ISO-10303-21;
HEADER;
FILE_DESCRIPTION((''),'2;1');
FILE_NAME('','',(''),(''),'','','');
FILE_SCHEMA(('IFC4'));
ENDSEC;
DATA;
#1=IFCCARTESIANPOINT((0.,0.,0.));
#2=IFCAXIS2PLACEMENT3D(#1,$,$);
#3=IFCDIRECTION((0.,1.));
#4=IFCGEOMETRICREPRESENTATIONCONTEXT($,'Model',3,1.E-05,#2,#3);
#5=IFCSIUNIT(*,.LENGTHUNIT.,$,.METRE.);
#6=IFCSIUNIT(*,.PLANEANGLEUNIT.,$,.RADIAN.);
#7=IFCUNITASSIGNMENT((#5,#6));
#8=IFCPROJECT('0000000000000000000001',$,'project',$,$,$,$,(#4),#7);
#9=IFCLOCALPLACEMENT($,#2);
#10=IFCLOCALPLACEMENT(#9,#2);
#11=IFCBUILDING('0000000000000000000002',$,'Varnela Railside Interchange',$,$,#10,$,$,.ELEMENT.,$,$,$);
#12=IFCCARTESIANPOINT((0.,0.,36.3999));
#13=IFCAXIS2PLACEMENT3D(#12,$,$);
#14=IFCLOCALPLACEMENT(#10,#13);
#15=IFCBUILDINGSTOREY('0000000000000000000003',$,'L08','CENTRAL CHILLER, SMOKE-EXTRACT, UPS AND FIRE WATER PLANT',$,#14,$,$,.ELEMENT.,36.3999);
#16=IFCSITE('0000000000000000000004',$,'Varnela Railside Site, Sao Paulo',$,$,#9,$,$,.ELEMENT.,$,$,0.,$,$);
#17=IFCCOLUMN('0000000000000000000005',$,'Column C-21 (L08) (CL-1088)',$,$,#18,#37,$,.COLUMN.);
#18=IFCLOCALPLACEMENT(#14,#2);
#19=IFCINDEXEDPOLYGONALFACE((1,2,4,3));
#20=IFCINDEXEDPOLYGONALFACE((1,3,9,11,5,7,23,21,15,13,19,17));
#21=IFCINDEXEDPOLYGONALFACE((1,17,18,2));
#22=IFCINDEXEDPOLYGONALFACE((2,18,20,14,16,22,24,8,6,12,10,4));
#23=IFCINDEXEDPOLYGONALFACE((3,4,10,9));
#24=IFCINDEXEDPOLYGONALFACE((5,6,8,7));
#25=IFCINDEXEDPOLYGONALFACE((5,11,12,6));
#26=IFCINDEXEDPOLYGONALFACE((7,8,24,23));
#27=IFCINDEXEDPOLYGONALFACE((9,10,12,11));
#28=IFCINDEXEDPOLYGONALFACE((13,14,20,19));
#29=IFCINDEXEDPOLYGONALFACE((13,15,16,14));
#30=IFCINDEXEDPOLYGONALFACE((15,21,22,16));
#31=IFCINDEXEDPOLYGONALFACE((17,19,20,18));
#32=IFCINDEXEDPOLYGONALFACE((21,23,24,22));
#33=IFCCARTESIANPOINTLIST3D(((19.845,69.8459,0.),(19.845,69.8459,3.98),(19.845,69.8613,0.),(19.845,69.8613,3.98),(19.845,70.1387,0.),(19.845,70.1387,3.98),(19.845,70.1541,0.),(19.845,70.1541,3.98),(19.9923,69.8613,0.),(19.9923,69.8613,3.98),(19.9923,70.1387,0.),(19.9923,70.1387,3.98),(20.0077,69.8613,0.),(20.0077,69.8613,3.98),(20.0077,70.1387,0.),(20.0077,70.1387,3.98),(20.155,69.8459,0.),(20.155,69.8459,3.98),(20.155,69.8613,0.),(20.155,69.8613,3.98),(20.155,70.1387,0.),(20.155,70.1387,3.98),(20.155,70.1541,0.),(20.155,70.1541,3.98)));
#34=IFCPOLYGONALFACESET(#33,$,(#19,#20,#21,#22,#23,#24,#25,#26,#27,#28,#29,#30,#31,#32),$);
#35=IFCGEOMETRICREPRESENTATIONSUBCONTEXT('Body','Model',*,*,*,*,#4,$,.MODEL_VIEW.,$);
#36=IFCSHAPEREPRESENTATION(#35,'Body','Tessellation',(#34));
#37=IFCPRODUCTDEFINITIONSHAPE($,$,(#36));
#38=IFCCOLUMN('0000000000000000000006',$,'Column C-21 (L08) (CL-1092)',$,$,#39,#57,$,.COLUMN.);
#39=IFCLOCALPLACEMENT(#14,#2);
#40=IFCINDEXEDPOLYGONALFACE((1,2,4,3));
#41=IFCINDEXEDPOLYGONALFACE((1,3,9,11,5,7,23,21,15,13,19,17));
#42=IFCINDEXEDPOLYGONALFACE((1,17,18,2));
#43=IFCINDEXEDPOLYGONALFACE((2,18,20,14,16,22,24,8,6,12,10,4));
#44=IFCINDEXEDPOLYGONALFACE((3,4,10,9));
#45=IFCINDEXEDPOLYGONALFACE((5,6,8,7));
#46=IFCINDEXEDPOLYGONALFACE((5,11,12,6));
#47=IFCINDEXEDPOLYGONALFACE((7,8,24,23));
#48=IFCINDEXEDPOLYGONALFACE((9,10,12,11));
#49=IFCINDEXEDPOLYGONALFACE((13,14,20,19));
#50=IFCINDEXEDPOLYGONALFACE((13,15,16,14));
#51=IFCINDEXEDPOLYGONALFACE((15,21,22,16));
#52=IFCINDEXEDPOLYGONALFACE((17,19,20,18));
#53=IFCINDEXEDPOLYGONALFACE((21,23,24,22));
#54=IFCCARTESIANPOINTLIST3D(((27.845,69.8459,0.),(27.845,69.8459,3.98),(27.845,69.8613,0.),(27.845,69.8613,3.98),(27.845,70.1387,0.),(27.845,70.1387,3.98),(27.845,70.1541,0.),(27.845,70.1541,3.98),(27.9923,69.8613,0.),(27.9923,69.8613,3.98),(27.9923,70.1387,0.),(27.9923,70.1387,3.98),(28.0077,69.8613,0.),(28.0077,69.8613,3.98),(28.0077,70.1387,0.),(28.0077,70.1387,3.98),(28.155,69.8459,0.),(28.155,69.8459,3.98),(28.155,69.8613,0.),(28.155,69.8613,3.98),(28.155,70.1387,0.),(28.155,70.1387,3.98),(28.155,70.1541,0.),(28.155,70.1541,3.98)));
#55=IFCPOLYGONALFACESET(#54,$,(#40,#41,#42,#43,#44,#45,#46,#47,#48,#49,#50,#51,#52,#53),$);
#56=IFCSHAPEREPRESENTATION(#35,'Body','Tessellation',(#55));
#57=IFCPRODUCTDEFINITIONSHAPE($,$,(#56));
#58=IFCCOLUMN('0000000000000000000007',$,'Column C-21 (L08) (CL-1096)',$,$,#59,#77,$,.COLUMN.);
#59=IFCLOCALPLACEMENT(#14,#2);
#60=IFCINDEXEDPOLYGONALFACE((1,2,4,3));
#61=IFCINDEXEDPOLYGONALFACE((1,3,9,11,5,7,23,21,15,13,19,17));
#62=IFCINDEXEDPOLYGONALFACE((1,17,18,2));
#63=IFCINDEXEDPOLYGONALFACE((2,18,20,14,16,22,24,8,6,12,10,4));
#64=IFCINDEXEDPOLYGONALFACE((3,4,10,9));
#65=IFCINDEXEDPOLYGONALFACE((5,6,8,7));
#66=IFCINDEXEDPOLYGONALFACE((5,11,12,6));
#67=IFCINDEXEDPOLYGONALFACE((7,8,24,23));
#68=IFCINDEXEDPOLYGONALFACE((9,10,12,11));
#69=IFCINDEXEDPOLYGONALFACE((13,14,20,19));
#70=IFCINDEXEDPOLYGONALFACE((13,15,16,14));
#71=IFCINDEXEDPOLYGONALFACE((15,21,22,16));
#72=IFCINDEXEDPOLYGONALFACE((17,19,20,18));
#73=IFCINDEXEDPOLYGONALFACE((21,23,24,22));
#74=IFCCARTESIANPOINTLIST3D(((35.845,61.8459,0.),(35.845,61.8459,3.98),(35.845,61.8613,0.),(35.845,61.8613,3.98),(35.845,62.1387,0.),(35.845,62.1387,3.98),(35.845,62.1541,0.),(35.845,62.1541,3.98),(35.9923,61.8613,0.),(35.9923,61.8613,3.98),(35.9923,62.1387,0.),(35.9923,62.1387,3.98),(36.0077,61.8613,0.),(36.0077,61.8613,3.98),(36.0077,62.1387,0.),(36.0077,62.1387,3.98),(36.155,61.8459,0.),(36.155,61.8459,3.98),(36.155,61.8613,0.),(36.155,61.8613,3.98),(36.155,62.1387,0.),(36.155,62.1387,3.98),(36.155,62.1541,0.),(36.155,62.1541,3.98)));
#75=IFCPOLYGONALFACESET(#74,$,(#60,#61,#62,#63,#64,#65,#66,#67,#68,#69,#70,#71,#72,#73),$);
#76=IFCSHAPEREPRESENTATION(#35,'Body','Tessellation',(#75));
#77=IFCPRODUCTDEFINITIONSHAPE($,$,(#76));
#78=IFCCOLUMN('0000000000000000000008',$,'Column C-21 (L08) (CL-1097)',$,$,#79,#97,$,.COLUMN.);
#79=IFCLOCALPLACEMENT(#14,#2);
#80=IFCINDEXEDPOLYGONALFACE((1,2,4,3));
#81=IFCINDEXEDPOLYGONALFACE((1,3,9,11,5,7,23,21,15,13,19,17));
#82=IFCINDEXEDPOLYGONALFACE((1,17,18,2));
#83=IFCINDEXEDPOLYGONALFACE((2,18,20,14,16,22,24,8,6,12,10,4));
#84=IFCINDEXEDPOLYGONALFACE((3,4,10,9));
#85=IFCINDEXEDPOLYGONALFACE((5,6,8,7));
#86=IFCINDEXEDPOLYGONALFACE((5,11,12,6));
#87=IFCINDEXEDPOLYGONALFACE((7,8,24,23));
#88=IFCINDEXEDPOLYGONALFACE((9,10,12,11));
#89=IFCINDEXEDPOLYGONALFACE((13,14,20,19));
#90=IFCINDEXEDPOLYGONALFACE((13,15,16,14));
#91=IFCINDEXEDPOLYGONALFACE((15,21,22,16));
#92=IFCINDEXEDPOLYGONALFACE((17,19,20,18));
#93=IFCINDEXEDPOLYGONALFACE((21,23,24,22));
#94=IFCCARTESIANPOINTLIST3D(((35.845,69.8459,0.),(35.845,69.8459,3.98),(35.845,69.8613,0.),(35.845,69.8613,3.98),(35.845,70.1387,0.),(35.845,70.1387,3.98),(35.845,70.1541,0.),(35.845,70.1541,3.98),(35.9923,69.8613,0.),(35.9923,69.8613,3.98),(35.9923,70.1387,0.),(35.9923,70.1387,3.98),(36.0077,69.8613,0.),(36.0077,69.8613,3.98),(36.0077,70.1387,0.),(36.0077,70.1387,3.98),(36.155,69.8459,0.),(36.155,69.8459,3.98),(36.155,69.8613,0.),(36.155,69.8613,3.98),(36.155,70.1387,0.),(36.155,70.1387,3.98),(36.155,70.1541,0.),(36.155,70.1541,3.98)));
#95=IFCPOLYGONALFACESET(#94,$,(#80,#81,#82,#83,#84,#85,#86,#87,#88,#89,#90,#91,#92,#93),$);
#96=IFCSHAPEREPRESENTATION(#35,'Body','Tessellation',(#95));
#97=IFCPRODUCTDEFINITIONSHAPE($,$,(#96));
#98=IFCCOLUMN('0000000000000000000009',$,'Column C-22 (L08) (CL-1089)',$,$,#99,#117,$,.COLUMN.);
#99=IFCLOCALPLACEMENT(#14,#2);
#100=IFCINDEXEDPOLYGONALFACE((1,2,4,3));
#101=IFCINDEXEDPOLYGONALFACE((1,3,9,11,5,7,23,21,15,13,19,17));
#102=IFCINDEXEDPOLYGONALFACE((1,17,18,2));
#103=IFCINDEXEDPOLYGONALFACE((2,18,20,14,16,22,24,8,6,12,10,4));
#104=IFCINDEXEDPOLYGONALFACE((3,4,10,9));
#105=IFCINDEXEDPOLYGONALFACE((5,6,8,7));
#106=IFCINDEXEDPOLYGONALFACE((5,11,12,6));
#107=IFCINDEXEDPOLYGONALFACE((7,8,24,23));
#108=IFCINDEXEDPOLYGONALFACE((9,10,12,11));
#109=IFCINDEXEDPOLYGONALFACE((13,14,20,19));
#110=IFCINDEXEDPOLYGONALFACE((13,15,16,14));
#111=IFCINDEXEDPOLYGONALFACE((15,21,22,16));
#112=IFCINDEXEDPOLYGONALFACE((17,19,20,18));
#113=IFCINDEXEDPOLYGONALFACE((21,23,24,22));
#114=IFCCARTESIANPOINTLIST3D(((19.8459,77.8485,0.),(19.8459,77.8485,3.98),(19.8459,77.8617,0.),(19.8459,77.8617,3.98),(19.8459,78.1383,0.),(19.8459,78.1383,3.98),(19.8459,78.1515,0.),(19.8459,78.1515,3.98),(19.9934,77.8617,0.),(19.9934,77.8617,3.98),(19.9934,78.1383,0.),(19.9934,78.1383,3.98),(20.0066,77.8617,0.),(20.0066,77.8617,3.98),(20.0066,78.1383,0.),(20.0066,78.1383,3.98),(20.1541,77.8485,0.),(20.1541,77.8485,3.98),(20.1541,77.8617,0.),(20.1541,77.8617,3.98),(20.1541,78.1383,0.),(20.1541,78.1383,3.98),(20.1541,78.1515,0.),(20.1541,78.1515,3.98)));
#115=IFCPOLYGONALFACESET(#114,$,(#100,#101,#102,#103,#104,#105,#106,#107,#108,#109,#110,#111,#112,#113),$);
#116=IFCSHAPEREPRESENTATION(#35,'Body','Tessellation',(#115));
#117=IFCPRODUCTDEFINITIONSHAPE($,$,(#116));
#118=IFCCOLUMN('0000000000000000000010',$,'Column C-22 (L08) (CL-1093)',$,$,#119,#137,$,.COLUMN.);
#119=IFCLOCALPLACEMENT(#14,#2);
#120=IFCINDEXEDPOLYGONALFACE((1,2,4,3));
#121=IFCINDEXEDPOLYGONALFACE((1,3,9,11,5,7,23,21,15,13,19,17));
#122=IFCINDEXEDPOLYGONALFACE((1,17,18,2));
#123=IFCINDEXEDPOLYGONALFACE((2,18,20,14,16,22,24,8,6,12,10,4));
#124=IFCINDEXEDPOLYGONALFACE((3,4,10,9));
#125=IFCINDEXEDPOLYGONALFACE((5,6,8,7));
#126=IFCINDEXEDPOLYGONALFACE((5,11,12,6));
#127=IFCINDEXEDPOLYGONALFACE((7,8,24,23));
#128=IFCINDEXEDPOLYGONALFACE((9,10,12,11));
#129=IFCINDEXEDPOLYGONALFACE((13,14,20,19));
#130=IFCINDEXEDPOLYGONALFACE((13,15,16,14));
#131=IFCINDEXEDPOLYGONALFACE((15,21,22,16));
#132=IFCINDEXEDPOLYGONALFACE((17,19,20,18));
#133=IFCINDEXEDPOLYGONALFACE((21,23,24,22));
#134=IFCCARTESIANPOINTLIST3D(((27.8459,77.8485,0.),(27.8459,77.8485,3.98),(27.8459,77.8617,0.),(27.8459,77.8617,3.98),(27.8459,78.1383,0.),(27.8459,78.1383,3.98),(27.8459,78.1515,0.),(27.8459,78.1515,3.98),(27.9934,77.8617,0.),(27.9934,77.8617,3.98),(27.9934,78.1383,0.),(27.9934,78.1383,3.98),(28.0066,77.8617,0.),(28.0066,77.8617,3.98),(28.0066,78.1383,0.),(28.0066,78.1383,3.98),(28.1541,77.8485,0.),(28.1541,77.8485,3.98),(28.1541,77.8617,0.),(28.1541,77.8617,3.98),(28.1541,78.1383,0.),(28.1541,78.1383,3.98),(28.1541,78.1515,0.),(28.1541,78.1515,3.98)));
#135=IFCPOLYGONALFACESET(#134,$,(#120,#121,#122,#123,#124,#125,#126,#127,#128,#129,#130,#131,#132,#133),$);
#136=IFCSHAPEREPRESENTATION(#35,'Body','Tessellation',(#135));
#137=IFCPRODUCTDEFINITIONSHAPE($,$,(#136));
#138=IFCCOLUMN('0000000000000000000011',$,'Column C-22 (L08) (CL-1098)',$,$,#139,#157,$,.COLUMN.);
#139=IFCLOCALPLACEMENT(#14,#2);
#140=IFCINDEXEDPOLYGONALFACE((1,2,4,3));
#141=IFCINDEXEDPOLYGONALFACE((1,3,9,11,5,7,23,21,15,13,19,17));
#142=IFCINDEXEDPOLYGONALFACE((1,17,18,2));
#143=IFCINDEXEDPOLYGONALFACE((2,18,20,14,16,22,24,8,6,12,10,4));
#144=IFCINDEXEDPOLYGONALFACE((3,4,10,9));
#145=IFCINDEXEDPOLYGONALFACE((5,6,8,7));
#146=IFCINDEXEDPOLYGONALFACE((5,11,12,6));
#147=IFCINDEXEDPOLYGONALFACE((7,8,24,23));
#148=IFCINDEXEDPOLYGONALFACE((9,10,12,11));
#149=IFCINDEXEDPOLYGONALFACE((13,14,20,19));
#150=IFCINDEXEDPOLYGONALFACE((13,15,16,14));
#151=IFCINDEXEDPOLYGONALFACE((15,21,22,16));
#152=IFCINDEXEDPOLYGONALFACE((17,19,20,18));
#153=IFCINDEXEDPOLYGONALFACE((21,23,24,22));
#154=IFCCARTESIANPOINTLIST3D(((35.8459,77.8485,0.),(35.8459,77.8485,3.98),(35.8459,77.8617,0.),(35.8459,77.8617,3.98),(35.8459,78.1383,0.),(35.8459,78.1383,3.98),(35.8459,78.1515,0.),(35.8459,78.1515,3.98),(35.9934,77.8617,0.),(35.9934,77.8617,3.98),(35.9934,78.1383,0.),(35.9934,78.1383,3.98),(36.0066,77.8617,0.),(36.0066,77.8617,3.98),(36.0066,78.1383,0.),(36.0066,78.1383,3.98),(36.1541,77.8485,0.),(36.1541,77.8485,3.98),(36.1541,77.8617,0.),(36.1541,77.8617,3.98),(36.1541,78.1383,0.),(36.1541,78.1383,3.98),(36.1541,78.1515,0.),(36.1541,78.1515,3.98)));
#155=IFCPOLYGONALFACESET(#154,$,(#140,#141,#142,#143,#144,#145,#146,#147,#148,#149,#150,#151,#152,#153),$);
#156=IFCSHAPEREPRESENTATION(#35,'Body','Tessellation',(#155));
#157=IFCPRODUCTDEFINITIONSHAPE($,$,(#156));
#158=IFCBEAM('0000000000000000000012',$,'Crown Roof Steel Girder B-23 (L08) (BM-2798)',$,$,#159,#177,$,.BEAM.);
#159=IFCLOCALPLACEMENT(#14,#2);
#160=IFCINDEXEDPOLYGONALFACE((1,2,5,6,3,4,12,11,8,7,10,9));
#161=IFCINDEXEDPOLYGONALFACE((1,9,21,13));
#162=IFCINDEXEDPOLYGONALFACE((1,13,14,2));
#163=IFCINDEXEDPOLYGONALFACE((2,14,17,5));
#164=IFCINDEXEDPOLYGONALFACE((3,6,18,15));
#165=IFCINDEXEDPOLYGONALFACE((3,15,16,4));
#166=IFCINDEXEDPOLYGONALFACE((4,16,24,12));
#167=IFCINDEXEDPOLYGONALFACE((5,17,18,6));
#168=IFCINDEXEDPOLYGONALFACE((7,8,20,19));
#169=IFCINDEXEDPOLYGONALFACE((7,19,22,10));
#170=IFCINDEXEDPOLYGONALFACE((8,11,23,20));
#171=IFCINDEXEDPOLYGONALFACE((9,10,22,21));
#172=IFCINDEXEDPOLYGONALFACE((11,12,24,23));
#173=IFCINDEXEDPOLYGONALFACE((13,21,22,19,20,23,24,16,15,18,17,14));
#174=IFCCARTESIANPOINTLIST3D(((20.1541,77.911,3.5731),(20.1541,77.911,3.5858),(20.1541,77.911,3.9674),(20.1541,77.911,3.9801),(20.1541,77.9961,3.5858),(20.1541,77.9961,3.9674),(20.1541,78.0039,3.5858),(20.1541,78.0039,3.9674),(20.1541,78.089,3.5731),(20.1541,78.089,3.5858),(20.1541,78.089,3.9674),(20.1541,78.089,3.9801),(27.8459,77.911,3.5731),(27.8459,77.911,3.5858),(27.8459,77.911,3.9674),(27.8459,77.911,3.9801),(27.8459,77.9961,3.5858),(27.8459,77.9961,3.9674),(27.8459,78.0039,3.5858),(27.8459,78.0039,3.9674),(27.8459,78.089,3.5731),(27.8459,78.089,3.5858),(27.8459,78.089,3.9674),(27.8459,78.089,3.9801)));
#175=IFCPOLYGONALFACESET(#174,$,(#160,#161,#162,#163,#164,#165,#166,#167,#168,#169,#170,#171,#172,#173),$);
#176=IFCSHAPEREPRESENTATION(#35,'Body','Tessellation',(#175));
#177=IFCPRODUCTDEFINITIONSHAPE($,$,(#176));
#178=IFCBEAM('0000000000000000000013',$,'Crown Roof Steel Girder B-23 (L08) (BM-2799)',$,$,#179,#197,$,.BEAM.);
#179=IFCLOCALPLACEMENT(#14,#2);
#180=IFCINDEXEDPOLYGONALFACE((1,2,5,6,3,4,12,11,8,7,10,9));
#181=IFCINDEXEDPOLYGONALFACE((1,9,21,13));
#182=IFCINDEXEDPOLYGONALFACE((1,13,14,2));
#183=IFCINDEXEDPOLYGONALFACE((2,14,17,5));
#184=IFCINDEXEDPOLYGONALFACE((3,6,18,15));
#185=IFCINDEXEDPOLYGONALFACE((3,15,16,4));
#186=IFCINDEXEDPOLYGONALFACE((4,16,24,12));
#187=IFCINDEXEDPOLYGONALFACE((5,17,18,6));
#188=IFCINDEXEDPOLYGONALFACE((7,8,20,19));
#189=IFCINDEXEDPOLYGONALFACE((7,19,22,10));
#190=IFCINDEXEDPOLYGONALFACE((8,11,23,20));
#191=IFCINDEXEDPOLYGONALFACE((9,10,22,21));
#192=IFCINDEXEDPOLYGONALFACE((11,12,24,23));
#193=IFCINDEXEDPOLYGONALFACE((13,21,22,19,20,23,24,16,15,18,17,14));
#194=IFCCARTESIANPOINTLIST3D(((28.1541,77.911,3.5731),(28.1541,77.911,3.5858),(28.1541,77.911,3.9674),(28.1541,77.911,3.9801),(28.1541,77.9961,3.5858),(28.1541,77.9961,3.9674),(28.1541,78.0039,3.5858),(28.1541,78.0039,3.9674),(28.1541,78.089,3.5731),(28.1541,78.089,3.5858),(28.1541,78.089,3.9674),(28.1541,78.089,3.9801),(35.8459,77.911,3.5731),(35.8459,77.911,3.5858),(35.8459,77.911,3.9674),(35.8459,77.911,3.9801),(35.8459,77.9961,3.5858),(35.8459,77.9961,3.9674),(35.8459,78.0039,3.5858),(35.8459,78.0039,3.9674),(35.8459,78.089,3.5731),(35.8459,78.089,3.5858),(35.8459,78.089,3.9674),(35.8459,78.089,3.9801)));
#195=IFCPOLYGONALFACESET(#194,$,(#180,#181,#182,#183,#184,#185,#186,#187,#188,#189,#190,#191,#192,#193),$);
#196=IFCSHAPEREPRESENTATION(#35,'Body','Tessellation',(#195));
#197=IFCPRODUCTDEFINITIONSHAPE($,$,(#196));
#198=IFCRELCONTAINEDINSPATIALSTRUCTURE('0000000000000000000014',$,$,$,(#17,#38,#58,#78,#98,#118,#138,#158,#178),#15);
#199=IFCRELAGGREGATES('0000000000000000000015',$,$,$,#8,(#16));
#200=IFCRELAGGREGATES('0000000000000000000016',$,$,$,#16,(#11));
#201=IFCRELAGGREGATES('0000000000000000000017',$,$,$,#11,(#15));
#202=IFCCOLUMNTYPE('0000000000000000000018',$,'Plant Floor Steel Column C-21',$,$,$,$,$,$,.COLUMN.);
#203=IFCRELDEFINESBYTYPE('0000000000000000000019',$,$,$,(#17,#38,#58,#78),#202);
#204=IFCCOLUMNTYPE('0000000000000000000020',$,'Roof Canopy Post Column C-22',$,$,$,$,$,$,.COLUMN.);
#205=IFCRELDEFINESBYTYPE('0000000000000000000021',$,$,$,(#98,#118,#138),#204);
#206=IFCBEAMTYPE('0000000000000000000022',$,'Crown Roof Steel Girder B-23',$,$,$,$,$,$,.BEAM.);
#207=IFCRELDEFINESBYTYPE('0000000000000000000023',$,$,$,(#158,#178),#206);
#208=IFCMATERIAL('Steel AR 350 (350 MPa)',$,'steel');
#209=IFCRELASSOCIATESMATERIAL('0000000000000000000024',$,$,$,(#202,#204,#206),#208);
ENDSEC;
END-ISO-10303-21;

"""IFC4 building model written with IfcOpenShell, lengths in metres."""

from ifc_helpers import new_model, si_unit, direction, frame, origin, origin_2d, place, context, subcontext, project, spatial, i_section, extrude, material, material_profile, profile_set, type_object, element, save


model = new_model("IFC4")

# Units and contexts
model_context = context("Model", 3, precision=1e-05, world=origin(), true_north=direction((0.0, 1.0)))
body_context = subcontext(model_context, "Body", "Model", "MODEL_VIEW")
ifc_project = project(units=[si_unit("LENGTHUNIT", "METRE"), si_unit("PLANEANGLEUNIT", "RADIAN")], contexts=[model_context])

# Site, building, storey
site_placement = place(None, origin())
site = spatial("IfcSite", under=ifc_project, at=site_placement, Name="Varnela Railside Site, Sao Paulo", CompositionType="ELEMENT", RefElevation=0.0)
building_placement = place(site_placement, origin())
building = spatial("IfcBuilding", under=site, at=building_placement, Name="Varnela Railside Interchange", CompositionType="ELEMENT")
storey_placement = place(building_placement, frame((0.0, 0.0, 36.3999)))
storey = spatial("IfcBuildingStorey", under=building, at=storey_placement, Name="L08", Description="CENTRAL CHILLER, SMOKE-EXTRACT, UPS AND FIRE WATER PLANT", CompositionType="ELEMENT", Elevation=36.3999)

# Columns
ifc_material_1 = material(Name="Steel AR 350 (350 MPa)", Category="steel")
ifc_material_profile_1 = material_profile(ifc_material_1, i_section(OverallWidth=0.3101, OverallDepth=0.3081, WebThickness=0.0154, FlangeThickness=0.0154, at=origin_2d()), Name="HP310x110")
ifc_profile_set_1 = profile_set([ifc_material_profile_1], Name="Steel AR 350 (350 MPa)")
column_type_1 = type_object("IfcColumnType", Name="Plant Floor Steel Column C-21", PredefinedType="COLUMN", material=ifc_profile_set_1)
for number, where, z_axis, x_axis, name in (
    (1, (20.0, 70.0, 0.0), (0.0, 0.0, 1.0), (1.0, 0.0, 0.0), "Column C-21 (L08) (CL-1088)"),
    (2, (28.0, 70.0, 0.0), (0.0, 0.0, 1.0), (1.0, 0.0, 0.0), "Column C-21 (L08) (CL-1092)"),
    (3, (36.0, 62.0, 0.0), (0.0, 0.0, 1.0), (1.0, 0.0, 0.0), "Column C-21 (L08) (CL-1096)"),
    (4, (36.0, 70.0, 0.0), (0.0, 0.0, 1.0), (1.0, 0.0, 0.0), "Column C-21 (L08) (CL-1097)"),
):
    element("IfcColumn", number, at=place(storey_placement, frame(where, z_axis=z_axis, x_axis=x_axis)), inside=storey, type_object=column_type_1, Name=name, PredefinedType="COLUMN", context=body_context, shape_type="SweptSolid", body=[
        extrude(i_section(OverallWidth=0.3101, OverallDepth=0.3081, WebThickness=0.0154, FlangeThickness=0.0154, at=origin_2d()), origin(), (0.0, 0.0, 1.0), 3.98),
    ])
ifc_material_profile_2 = material_profile(ifc_material_1, i_section(OverallWidth=0.3081, OverallDepth=0.303, WebThickness=0.0132, FlangeThickness=0.0132, at=origin_2d()), Name="HP310x93")
ifc_profile_set_2 = profile_set([ifc_material_profile_2], Name="Steel AR 350 (350 MPa)")
column_type_2 = type_object("IfcColumnType", Name="Roof Canopy Post Column C-22", PredefinedType="COLUMN", material=ifc_profile_set_2)
for number, where, z_axis, x_axis, name in (
    (5, (20.0, 78.0, 0.0), (0.0, 0.0, 1.0), (1.0, 0.0, 0.0), "Column C-22 (L08) (CL-1089)"),
    (6, (28.0, 78.0, 0.0), (0.0, 0.0, 1.0), (1.0, 0.0, 0.0), "Column C-22 (L08) (CL-1093)"),
    (7, (36.0, 78.0, 0.0), (0.0, 0.0, 1.0), (1.0, 0.0, 0.0), "Column C-22 (L08) (CL-1098)"),
):
    element("IfcColumn", number, at=place(storey_placement, frame(where, z_axis=z_axis, x_axis=x_axis)), inside=storey, type_object=column_type_2, Name=name, PredefinedType="COLUMN", context=body_context, shape_type="SweptSolid", body=[
        extrude(i_section(OverallWidth=0.3081, OverallDepth=0.303, WebThickness=0.0132, FlangeThickness=0.0132, at=origin_2d()), origin(), (0.0, 0.0, 1.0), 3.98),
    ])

# Beams
ifc_material_profile_3 = material_profile(ifc_material_1, i_section(OverallWidth=0.178, OverallDepth=0.407, WebThickness=0.0078, FlangeThickness=0.0127, at=origin_2d()), Name="W410x60")
ifc_profile_set_3 = profile_set([ifc_material_profile_3], Name="Steel AR 350 (350 MPa)")
beam_type_1 = type_object("IfcBeamType", Name="Crown Roof Steel Girder B-23", PredefinedType="BEAM", material=ifc_profile_set_3)
for number, where, z_axis, x_axis, name in (
    (8, (20.1541, 78.0, 3.7766), (1.0, 0.0, 0.0), (0.0, 1.0, 0.0), "Crown Roof Steel Girder B-23 (L08) (BM-2798)"),
    (9, (28.1541, 78.0, 3.7766), (1.0, 0.0, 0.0), (0.0, 1.0, 0.0), "Crown Roof Steel Girder B-23 (L08) (BM-2799)"),
):
    element("IfcBeam", number, at=place(storey_placement, frame(where, z_axis=z_axis, x_axis=x_axis)), inside=storey, type_object=beam_type_1, Name=name, PredefinedType="BEAM", context=body_context, shape_type="SweptSolid", body=[
        extrude(i_section(OverallWidth=0.178, OverallDepth=0.407, WebThickness=0.0078, FlangeThickness=0.0127, at=origin_2d()), origin(), (0.0, 0.0, 1.0), 7.6919),
    ])

save(model, "model.ifc")
